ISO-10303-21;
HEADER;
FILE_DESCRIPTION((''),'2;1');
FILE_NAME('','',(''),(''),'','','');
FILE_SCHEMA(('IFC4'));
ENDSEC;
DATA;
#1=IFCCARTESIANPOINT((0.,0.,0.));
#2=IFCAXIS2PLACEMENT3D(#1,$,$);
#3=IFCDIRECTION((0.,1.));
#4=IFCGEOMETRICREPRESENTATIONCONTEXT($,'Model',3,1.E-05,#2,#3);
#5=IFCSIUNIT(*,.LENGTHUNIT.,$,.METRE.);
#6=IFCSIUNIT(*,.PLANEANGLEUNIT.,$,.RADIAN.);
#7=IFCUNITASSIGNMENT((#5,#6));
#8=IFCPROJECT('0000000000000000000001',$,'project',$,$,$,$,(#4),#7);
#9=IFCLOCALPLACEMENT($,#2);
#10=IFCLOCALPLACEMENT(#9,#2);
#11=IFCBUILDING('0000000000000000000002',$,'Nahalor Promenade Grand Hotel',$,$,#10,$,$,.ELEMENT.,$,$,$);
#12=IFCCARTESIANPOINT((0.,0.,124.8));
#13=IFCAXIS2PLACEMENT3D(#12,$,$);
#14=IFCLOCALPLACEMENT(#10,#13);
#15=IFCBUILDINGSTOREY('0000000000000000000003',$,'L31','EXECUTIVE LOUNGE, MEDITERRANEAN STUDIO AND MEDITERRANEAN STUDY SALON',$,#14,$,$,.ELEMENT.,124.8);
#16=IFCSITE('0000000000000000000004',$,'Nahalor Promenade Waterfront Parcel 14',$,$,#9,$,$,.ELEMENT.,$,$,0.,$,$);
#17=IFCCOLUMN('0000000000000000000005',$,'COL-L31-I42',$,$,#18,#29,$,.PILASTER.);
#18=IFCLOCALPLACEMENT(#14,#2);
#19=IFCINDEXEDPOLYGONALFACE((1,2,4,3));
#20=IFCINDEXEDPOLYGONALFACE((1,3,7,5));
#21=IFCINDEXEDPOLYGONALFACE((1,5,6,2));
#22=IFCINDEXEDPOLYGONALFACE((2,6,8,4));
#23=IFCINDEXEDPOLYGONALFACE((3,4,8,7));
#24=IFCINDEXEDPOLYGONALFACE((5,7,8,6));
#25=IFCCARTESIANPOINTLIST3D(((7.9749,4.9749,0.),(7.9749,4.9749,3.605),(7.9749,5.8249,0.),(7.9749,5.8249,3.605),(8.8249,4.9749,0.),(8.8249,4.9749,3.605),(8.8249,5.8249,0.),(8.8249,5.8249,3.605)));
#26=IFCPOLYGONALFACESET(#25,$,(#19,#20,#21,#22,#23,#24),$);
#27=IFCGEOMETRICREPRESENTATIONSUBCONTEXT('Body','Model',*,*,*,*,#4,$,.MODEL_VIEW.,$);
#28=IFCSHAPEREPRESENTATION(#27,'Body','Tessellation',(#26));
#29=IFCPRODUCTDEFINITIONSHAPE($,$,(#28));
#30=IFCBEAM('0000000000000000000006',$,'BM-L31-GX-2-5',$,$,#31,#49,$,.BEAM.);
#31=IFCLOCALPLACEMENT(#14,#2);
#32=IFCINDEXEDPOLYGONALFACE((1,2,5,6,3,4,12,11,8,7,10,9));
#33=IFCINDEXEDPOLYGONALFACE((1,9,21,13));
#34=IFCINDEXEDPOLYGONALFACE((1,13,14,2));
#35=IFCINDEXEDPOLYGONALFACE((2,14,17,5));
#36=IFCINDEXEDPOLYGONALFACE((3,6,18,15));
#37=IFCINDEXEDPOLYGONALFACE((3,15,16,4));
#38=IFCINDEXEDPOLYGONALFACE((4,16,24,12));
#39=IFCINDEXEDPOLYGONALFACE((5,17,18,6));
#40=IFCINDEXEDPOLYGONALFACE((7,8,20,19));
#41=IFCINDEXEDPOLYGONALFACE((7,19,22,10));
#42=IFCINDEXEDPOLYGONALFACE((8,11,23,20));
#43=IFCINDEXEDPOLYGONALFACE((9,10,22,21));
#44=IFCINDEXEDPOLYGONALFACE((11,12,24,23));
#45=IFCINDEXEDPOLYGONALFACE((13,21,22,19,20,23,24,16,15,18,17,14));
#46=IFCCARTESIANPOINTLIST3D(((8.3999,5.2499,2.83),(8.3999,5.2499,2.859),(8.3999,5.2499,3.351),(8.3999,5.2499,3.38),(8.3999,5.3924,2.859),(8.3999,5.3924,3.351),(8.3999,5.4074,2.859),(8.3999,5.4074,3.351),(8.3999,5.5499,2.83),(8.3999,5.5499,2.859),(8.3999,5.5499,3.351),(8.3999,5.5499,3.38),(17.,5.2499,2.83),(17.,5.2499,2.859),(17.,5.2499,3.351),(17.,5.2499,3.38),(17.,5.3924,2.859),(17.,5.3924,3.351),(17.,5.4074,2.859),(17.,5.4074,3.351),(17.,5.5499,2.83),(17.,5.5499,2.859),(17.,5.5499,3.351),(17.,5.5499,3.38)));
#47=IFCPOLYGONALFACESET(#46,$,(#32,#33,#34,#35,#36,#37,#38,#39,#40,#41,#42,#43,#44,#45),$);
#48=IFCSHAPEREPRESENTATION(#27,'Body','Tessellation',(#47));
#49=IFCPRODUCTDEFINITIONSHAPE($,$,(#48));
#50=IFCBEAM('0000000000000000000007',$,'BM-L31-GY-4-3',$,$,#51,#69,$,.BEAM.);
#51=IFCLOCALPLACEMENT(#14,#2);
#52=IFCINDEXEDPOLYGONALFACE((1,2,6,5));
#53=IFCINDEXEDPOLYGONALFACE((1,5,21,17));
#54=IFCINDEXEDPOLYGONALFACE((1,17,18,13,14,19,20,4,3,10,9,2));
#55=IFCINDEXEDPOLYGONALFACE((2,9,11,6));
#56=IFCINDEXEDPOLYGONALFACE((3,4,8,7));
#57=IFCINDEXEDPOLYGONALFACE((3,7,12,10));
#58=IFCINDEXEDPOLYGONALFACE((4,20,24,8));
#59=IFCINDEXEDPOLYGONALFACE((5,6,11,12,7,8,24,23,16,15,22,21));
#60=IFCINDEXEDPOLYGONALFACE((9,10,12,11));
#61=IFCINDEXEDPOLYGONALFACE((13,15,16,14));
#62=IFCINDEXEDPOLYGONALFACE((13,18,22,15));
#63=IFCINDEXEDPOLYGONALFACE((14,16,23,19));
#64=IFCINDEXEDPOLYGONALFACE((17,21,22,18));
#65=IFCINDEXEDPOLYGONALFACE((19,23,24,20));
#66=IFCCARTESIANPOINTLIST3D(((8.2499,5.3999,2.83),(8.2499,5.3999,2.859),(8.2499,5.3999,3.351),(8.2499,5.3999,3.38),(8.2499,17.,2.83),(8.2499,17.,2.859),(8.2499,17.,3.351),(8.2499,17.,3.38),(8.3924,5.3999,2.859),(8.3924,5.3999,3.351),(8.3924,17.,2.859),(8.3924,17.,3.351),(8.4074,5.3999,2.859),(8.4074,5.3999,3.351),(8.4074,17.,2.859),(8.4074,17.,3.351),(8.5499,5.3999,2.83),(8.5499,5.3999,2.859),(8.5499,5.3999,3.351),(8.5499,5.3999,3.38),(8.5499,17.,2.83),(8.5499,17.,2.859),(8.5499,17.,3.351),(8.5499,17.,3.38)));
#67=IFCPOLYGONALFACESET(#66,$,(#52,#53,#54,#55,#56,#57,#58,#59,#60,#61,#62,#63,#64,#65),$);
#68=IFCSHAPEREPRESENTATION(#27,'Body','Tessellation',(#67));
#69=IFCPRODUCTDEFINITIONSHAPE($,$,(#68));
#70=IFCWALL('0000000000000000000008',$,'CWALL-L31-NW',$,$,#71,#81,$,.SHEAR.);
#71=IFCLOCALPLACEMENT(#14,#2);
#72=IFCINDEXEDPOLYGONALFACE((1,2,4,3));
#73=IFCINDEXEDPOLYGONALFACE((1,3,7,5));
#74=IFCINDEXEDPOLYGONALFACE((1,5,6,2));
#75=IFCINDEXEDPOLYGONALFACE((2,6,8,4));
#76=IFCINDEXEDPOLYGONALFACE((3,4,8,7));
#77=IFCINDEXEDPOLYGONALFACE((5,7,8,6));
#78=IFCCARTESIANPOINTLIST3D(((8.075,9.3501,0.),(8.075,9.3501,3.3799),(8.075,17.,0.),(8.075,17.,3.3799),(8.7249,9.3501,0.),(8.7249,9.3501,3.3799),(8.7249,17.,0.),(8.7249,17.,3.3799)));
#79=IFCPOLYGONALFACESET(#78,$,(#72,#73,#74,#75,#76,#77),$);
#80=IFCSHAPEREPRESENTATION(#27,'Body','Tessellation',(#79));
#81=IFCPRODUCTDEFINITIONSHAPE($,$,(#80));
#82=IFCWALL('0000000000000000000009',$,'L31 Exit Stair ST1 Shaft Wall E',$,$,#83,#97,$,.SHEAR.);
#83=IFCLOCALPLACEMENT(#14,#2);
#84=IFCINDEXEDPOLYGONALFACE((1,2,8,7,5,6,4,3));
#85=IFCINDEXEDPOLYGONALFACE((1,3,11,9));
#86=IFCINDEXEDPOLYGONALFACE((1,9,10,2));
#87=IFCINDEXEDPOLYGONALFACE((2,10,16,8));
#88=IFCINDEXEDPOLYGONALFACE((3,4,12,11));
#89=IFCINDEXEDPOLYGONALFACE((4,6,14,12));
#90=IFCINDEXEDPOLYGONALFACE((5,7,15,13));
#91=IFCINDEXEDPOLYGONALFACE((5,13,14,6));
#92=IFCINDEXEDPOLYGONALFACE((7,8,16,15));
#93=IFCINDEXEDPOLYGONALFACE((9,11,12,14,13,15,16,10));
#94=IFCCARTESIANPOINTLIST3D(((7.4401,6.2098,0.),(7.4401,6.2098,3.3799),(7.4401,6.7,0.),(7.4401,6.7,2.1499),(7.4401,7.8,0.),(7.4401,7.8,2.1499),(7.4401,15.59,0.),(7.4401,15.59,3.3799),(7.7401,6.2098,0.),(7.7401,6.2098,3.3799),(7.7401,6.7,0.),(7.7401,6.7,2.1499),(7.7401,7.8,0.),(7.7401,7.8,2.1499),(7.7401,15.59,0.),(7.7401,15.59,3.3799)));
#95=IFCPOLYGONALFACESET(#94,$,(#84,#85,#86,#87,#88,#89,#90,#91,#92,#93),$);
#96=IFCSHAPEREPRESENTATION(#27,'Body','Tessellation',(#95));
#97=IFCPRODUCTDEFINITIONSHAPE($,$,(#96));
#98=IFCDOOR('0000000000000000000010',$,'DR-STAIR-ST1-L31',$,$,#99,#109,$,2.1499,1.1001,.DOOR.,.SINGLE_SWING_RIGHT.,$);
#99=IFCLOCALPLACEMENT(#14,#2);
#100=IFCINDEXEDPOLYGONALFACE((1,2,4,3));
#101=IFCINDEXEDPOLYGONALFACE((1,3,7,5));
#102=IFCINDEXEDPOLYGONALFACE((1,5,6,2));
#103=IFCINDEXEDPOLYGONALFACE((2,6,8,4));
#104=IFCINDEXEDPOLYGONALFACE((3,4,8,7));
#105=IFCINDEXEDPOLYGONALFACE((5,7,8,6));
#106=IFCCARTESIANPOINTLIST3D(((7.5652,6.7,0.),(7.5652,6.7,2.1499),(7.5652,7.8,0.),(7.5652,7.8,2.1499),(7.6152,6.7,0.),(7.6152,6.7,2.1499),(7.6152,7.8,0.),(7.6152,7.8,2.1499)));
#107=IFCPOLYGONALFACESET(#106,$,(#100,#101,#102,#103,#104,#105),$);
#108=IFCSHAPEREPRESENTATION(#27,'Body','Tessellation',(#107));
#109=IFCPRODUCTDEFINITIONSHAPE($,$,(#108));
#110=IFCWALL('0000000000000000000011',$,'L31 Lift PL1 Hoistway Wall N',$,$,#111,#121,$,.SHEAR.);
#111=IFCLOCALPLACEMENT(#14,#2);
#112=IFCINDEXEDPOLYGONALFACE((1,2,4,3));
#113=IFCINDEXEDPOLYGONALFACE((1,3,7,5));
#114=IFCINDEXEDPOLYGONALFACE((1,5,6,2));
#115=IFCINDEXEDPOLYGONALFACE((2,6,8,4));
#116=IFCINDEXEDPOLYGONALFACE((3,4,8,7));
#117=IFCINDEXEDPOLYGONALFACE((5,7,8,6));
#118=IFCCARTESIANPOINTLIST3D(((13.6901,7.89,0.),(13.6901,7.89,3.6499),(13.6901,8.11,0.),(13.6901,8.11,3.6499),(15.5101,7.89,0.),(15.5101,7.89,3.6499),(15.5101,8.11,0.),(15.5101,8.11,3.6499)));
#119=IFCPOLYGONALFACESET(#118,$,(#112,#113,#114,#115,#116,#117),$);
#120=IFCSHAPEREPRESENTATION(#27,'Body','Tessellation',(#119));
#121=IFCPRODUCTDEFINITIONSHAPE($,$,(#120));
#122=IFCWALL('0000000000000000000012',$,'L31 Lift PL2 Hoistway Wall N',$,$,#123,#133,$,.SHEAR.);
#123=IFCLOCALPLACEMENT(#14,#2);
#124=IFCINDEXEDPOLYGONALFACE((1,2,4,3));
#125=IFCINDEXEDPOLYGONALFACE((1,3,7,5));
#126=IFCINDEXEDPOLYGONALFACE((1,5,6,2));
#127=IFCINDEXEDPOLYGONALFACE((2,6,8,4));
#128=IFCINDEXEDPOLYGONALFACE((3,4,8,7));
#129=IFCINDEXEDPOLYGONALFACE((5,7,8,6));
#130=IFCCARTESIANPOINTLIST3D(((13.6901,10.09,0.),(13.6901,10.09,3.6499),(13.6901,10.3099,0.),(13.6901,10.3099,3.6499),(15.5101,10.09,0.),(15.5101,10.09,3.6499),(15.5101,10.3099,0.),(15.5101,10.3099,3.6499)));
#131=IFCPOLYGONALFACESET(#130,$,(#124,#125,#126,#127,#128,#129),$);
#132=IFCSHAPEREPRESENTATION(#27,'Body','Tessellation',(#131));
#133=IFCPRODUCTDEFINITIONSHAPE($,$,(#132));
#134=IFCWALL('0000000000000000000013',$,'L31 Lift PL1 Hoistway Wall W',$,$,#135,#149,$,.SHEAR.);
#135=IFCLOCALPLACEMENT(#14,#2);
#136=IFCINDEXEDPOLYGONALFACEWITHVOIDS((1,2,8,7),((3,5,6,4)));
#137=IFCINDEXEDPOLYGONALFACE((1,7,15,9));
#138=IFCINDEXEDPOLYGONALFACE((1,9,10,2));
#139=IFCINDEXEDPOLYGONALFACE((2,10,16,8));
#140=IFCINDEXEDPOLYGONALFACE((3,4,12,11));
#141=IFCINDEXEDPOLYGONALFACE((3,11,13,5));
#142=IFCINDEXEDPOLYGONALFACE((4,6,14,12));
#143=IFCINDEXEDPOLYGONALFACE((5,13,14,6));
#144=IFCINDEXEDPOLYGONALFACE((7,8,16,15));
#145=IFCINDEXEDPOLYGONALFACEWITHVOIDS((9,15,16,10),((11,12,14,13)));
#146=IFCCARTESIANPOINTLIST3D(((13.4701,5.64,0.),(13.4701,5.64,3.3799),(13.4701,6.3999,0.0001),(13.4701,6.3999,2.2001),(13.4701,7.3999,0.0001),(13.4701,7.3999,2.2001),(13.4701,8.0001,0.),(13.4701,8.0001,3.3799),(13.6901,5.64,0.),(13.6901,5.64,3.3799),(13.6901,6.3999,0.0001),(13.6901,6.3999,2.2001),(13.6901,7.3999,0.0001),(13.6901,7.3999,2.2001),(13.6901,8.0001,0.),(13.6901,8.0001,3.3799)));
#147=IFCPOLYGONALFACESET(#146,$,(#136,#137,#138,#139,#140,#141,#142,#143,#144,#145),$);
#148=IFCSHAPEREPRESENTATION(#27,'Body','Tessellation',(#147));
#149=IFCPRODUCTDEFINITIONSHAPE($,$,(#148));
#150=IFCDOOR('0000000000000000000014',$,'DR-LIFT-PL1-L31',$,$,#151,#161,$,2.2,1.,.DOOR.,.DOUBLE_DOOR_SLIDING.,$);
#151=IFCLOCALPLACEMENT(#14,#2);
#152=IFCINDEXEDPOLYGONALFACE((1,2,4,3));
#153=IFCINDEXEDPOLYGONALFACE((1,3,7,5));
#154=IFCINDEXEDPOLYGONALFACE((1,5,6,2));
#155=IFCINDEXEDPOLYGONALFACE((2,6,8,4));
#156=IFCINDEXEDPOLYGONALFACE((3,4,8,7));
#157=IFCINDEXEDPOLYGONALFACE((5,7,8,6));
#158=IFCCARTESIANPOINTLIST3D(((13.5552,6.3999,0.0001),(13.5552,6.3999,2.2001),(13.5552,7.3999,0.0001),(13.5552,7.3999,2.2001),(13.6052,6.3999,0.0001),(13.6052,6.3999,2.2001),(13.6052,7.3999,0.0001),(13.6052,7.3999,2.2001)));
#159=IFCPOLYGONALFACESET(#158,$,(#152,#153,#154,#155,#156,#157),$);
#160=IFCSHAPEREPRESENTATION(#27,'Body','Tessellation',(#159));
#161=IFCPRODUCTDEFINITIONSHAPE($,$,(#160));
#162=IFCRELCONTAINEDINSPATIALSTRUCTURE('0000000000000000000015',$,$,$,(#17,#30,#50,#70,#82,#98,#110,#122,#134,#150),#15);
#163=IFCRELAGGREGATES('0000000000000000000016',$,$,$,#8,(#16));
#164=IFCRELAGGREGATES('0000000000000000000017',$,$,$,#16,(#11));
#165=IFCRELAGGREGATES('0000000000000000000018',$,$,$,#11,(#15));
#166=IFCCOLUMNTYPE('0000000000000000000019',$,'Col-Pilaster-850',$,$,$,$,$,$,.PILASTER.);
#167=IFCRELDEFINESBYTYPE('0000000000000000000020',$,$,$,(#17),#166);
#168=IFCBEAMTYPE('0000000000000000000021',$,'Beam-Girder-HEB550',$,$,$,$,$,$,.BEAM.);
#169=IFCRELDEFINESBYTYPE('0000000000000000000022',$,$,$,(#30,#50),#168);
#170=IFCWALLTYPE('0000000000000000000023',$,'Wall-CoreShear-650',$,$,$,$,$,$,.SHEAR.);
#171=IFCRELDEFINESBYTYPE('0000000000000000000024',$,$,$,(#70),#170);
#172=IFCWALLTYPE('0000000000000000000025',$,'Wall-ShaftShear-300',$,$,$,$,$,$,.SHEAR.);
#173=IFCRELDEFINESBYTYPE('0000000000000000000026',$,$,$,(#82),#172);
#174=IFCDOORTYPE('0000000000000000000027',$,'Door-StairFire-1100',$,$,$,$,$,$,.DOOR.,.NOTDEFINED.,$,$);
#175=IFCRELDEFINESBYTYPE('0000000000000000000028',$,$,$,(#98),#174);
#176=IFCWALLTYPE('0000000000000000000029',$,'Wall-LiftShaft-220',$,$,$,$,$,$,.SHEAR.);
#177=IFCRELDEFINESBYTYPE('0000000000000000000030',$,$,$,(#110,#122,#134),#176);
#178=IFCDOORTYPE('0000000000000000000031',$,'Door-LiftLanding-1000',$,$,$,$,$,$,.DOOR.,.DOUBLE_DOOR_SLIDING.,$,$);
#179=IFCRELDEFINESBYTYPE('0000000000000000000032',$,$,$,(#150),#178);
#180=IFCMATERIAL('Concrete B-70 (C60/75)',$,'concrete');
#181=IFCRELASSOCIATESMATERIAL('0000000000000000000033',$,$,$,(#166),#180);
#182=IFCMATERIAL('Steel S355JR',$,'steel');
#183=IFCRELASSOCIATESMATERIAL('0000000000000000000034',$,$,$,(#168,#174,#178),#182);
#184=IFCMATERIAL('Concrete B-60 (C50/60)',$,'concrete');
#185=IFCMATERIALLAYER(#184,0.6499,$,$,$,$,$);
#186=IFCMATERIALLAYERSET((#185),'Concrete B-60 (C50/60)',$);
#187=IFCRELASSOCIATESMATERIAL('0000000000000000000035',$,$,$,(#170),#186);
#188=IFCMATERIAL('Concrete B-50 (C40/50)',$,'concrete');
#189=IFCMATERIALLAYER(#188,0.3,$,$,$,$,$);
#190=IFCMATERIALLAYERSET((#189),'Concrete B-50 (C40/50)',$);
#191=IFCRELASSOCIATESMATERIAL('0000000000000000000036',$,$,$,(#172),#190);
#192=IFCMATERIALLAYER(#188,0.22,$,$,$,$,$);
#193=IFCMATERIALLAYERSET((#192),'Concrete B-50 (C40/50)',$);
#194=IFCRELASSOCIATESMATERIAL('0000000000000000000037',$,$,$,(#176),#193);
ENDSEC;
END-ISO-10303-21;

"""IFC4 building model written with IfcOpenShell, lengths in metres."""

from ifc_helpers import new_model, si_unit, direction, frame, frame_2d, origin, origin_2d, place, context, subcontext, project, spatial, rectangle, i_section, extrude, source, transform, mapped, material, layer, layer_set, material_profile, profile_set, type_object, element, fill, save


model = new_model("IFC4")

# Units and contexts
model_context = context("Model", 3, precision=1e-05, world=origin(), true_north=direction((0.0, 1.0)))
body_context = subcontext(model_context, "Body", "Model", "MODEL_VIEW")
ifc_project = project(units=[si_unit("LENGTHUNIT", "METRE"), si_unit("PLANEANGLEUNIT", "RADIAN")], contexts=[model_context])

# Site, building, storey
site_placement = place(None, origin())
site = spatial("IfcSite", under=ifc_project, at=site_placement, Name="Nahalor Promenade Waterfront Parcel 14", CompositionType="ELEMENT", RefElevation=0.0)
building_placement = place(site_placement, origin())
building = spatial("IfcBuilding", under=site, at=building_placement, Name="Nahalor Promenade Grand Hotel", CompositionType="ELEMENT")
storey_placement = place(building_placement, frame((0.0, 0.0, 124.8)))
storey = spatial("IfcBuildingStorey", under=building, at=storey_placement, Name="L31", Description="EXECUTIVE LOUNGE, MEDITERRANEAN STUDIO AND MEDITERRANEAN STUDY SALON", CompositionType="ELEMENT", Elevation=124.8)

# Column
ifc_material_1 = material(Name="Concrete B-70 (C60/75)", Category="concrete")
ifc_material_profile_1 = material_profile(ifc_material_1, rectangle(XDim=0.85, YDim=0.85, at=origin_2d()), Name="RC 850x850")
ifc_profile_set_1 = profile_set([ifc_material_profile_1], Name="Concrete B-70 (C60/75)")
column_type = type_object("IfcColumnType", Name="Col-Pilaster-850", PredefinedType="PILASTER", material=ifc_profile_set_1)
shared_shape_1 = source(origin(), body_context, "Body", "SweptSolid", [
    extrude(rectangle(XDim=0.85, YDim=0.85, at=origin_2d()), origin(), (0.0, 0.0, 1.0), 3.605),
])
column_placement = place(storey_placement, frame((8.3999, 5.3999, 0.0), z_axis=(0.0, 0.0, 1.0), x_axis=(1.0, 0.0, 0.0)))
element("IfcColumn", 1, at=column_placement, inside=storey, type_object=column_type, Name="COL-L31-I42", PredefinedType="PILASTER", context=body_context, shape_type="MappedRepresentation", body=[
    mapped(shared_shape_1, transform((0.0, 0.0, 0.0), scale=1.0)),
])

# Beams
ifc_material_2 = material(Name="Steel S355JR", Category="steel")
ifc_material_profile_2 = material_profile(ifc_material_2, i_section(OverallWidth=0.3, OverallDepth=0.55, WebThickness=0.015, FlangeThickness=0.029, at=origin_2d()), Name="HEB 550")
ifc_profile_set_2 = profile_set([ifc_material_profile_2], Name="Steel S355JR")
beam_type = type_object("IfcBeamType", Name="Beam-Girder-HEB550", PredefinedType="BEAM", material=ifc_profile_set_2)
shared_shape_2 = source(origin(), body_context, "Body", "SweptSolid", [
    extrude(i_section(OverallWidth=0.3, OverallDepth=0.55, WebThickness=0.015, FlangeThickness=0.029, at=origin_2d()), origin(), (0.0, 0.0, 1.0), 8.6001),
])
beam_1_placement = place(storey_placement, frame((8.3999, 5.3999, 3.105), z_axis=(1.0, 0.0, 0.0), x_axis=(0.0, 1.0, 0.0)))
element("IfcBeam", 2, at=beam_1_placement, inside=storey, type_object=beam_type, Name="BM-L31-GX-2-5", PredefinedType="BEAM", context=body_context, shape_type="MappedRepresentation", body=[
    mapped(shared_shape_2, transform((0.0, 0.0, 0.0), scale=1.0)),
])
shared_shape_3 = source(origin(), body_context, "Body", "SweptSolid", [
    extrude(i_section(OverallWidth=0.3, OverallDepth=0.55, WebThickness=0.015, FlangeThickness=0.029, at=origin_2d()), origin(), (0.0, 0.0, 1.0), 11.6001),
])
beam_2_placement = place(storey_placement, frame((8.3999, 5.3999, 3.105), z_axis=(0.0, 1.0, 0.0), x_axis=(-1.0, 0.0, 0.0)))
element("IfcBeam", 3, at=beam_2_placement, inside=storey, type_object=beam_type, Name="BM-L31-GY-4-3", PredefinedType="BEAM", context=body_context, shape_type="MappedRepresentation", body=[
    mapped(shared_shape_3, transform((0.0, 0.0, 0.0), scale=1.0)),
])

# Wall
ifc_material_3 = material(Name="Concrete B-60 (C50/60)", Category="concrete")
ifc_layer_1 = layer(ifc_material_3, 0.6499)
ifc_layer_set_1 = layer_set([ifc_layer_1], Name="Concrete B-60 (C50/60)")
wall_type_1 = type_object("IfcWallType", Name="Wall-CoreShear-650", PredefinedType="SHEAR", material=ifc_layer_set_1)
shared_shape_4 = source(origin(), body_context, "Body", "SweptSolid", [
    extrude(rectangle(XDim=7.6499, YDim=0.6499, at=frame_2d((3.825, 0.0))), origin(), (0.0, 0.0, 1.0), 3.3799),
])
wall_1_placement = place(storey_placement, frame((8.3999, 9.3501, 0.0), z_axis=(0.0, 0.0, 1.0), x_axis=(0.0, 1.0, 0.0)))
element("IfcWall", 4, at=wall_1_placement, inside=storey, type_object=wall_type_1, Name="CWALL-L31-NW", PredefinedType="SHEAR", context=body_context, shape_type="MappedRepresentation", body=[
    mapped(shared_shape_4, transform((0.0, 0.0, 0.0), scale=1.0)),
])

# Wall, opening, door
ifc_material_4 = material(Name="Concrete B-50 (C40/50)", Category="concrete")
ifc_layer_2 = layer(ifc_material_4, 0.3)
ifc_layer_set_2 = layer_set([ifc_layer_2], Name="Concrete B-50 (C40/50)")
wall_type_2 = type_object("IfcWallType", Name="Wall-ShaftShear-300", PredefinedType="SHEAR", material=ifc_layer_set_2)
shared_shape_5 = source(origin(), body_context, "Body", "SweptSolid", [
    extrude(rectangle(XDim=9.3801, YDim=0.3, at=frame_2d((4.6899, 0.0))), origin(), (0.0, 0.0, 1.0), 3.3799),
])
wall_2_placement = place(storey_placement, frame((7.5901, 6.21, 0.0), z_axis=(0.0, 0.0, 1.0), x_axis=(0.0, 1.0, 0.0)))
wall_2 = element("IfcWall", 5, at=wall_2_placement, inside=storey, type_object=wall_type_2, Name="L31 Exit Stair ST1 Shaft Wall E", PredefinedType="SHEAR", context=body_context, shape_type="MappedRepresentation", body=[
    mapped(shared_shape_5, transform((0.0, 0.0, 0.0), scale=1.0)),
])
opening_1_placement = place(wall_2_placement, frame((0.49, 0.0, 0.0)))
opening_1 = element("IfcOpeningElement", 6, at=opening_1_placement, cuts=wall_2, PredefinedType="OPENING", context=body_context, shape_type="SweptSolid", body=[
    extrude(rectangle(XDim=1.1001, YDim=2.1499, at=frame_2d((0.55, 1.075))), frame((0.0, 0.1599, 0.0), z_axis=(0.0, -1.0, 0.0), x_axis=(1.0, 0.0, 0.0)), (0.0, 0.0, 1.0), 0.3201),
])
door_type_1 = type_object("IfcDoorType", Name="Door-StairFire-1100", OperationType="NOTDEFINED", PredefinedType="DOOR", material=ifc_material_2)
shared_shape_6 = source(origin(), body_context, "Body", "SweptSolid", [
    extrude(rectangle(XDim=1.1001, YDim=2.1499, at=frame_2d((0.55, 1.075))), frame((0.0, 0.0249, 0.0), z_axis=(0.0, -1.0, 0.0), x_axis=(1.0, 0.0, 0.0)), (0.0, 0.0, 1.0), 0.05),
])
door_1_placement = place(opening_1_placement, origin())
door_1 = element("IfcDoor", 7, at=door_1_placement, inside=storey, type_object=door_type_1, Name="DR-STAIR-ST1-L31", OperationType="SINGLE_SWING_RIGHT", OverallHeight=2.1499, OverallWidth=1.1001, PredefinedType="DOOR", context=body_context, shape_type="MappedRepresentation", body=[
    mapped(shared_shape_6, transform((0.0, 0.0, 0.0), scale=1.0)),
])
fill(opening_1, door_1)

# Walls
ifc_layer_3 = layer(ifc_material_4, 0.22)
ifc_layer_set_3 = layer_set([ifc_layer_3], Name="Concrete B-50 (C40/50)")
wall_type_3 = type_object("IfcWallType", Name="Wall-LiftShaft-220", PredefinedType="SHEAR", material=ifc_layer_set_3)
shared_shape_7 = source(origin(), body_context, "Body", "SweptSolid", [
    extrude(rectangle(XDim=1.8201, YDim=0.22, at=frame_2d((0.9102, 0.0))), origin(), (0.0, 0.0, 1.0), 3.6499),
])
for number, where, z_axis, x_axis, name in (
    (8, (13.6899, 8.0, 0.0), (0.0, 0.0, 1.0), (1.0, 0.0, 0.0), "L31 Lift PL1 Hoistway Wall N"),
    (9, (13.6899, 10.2, 0.0), (0.0, 0.0, 1.0), (1.0, 0.0, 0.0), "L31 Lift PL2 Hoistway Wall N"),
):
    element("IfcWall", number, at=place(storey_placement, frame(where, z_axis=z_axis, x_axis=x_axis)), inside=storey, type_object=wall_type_3, Name=name, PredefinedType="SHEAR", context=body_context, shape_type="MappedRepresentation", body=[
        mapped(shared_shape_7, transform((0.0, 0.0, 0.0), scale=1.0)),
    ])

# Wall, opening, door
shared_shape_8 = source(origin(), body_context, "Body", "SweptSolid", [
    extrude(rectangle(XDim=2.3601, YDim=0.22, at=frame_2d((1.1802, 0.0))), origin(), (0.0, 0.0, 1.0), 3.3799),
])
wall_3_placement = place(storey_placement, frame((13.5801, 5.6399, 0.0), z_axis=(0.0, 0.0, 1.0), x_axis=(0.0, 1.0, 0.0)))
wall_3 = element("IfcWall", 10, at=wall_3_placement, inside=storey, type_object=wall_type_3, Name="L31 Lift PL1 Hoistway Wall W", PredefinedType="SHEAR", context=body_context, shape_type="MappedRepresentation", body=[
    mapped(shared_shape_8, transform((0.0, 0.0, 0.0), scale=1.0)),
])
opening_2_placement = place(wall_3_placement, frame((0.76, 0.0, 0.0)))
opening_2 = element("IfcOpeningElement", 11, at=opening_2_placement, cuts=wall_3, PredefinedType="OPENING", context=body_context, shape_type="SweptSolid", body=[
    extrude(rectangle(XDim=1.0, YDim=2.2, at=frame_2d((0.5, 1.1001))), frame((0.0, 0.1199, 0.0), z_axis=(0.0, -1.0, 0.0), x_axis=(1.0, 0.0, 0.0)), (0.0, 0.0, 1.0), 0.24),
])
door_type_2 = type_object("IfcDoorType", Name="Door-LiftLanding-1000", OperationType="DOUBLE_DOOR_SLIDING", PredefinedType="DOOR", material=ifc_material_2)
shared_shape_9 = source(origin(), body_context, "Body", "SweptSolid", [
    extrude(rectangle(XDim=1.0, YDim=2.2, at=frame_2d((0.5, 1.1001))), frame((0.0, 0.0249, 0.0), z_axis=(0.0, -1.0, 0.0), x_axis=(1.0, 0.0, 0.0)), (0.0, 0.0, 1.0), 0.05),
])
door_2_placement = place(opening_2_placement, origin())
door_2 = element("IfcDoor", 12, at=door_2_placement, inside=storey, type_object=door_type_2, Name="DR-LIFT-PL1-L31", OperationType="DOUBLE_DOOR_SLIDING", OverallHeight=2.2, OverallWidth=1.0, PredefinedType="DOOR", context=body_context, shape_type="MappedRepresentation", body=[
    mapped(shared_shape_9, transform((0.0, 0.0, 0.0), scale=1.0)),
])
fill(opening_2, door_2)

save(model, "model.ifc")
